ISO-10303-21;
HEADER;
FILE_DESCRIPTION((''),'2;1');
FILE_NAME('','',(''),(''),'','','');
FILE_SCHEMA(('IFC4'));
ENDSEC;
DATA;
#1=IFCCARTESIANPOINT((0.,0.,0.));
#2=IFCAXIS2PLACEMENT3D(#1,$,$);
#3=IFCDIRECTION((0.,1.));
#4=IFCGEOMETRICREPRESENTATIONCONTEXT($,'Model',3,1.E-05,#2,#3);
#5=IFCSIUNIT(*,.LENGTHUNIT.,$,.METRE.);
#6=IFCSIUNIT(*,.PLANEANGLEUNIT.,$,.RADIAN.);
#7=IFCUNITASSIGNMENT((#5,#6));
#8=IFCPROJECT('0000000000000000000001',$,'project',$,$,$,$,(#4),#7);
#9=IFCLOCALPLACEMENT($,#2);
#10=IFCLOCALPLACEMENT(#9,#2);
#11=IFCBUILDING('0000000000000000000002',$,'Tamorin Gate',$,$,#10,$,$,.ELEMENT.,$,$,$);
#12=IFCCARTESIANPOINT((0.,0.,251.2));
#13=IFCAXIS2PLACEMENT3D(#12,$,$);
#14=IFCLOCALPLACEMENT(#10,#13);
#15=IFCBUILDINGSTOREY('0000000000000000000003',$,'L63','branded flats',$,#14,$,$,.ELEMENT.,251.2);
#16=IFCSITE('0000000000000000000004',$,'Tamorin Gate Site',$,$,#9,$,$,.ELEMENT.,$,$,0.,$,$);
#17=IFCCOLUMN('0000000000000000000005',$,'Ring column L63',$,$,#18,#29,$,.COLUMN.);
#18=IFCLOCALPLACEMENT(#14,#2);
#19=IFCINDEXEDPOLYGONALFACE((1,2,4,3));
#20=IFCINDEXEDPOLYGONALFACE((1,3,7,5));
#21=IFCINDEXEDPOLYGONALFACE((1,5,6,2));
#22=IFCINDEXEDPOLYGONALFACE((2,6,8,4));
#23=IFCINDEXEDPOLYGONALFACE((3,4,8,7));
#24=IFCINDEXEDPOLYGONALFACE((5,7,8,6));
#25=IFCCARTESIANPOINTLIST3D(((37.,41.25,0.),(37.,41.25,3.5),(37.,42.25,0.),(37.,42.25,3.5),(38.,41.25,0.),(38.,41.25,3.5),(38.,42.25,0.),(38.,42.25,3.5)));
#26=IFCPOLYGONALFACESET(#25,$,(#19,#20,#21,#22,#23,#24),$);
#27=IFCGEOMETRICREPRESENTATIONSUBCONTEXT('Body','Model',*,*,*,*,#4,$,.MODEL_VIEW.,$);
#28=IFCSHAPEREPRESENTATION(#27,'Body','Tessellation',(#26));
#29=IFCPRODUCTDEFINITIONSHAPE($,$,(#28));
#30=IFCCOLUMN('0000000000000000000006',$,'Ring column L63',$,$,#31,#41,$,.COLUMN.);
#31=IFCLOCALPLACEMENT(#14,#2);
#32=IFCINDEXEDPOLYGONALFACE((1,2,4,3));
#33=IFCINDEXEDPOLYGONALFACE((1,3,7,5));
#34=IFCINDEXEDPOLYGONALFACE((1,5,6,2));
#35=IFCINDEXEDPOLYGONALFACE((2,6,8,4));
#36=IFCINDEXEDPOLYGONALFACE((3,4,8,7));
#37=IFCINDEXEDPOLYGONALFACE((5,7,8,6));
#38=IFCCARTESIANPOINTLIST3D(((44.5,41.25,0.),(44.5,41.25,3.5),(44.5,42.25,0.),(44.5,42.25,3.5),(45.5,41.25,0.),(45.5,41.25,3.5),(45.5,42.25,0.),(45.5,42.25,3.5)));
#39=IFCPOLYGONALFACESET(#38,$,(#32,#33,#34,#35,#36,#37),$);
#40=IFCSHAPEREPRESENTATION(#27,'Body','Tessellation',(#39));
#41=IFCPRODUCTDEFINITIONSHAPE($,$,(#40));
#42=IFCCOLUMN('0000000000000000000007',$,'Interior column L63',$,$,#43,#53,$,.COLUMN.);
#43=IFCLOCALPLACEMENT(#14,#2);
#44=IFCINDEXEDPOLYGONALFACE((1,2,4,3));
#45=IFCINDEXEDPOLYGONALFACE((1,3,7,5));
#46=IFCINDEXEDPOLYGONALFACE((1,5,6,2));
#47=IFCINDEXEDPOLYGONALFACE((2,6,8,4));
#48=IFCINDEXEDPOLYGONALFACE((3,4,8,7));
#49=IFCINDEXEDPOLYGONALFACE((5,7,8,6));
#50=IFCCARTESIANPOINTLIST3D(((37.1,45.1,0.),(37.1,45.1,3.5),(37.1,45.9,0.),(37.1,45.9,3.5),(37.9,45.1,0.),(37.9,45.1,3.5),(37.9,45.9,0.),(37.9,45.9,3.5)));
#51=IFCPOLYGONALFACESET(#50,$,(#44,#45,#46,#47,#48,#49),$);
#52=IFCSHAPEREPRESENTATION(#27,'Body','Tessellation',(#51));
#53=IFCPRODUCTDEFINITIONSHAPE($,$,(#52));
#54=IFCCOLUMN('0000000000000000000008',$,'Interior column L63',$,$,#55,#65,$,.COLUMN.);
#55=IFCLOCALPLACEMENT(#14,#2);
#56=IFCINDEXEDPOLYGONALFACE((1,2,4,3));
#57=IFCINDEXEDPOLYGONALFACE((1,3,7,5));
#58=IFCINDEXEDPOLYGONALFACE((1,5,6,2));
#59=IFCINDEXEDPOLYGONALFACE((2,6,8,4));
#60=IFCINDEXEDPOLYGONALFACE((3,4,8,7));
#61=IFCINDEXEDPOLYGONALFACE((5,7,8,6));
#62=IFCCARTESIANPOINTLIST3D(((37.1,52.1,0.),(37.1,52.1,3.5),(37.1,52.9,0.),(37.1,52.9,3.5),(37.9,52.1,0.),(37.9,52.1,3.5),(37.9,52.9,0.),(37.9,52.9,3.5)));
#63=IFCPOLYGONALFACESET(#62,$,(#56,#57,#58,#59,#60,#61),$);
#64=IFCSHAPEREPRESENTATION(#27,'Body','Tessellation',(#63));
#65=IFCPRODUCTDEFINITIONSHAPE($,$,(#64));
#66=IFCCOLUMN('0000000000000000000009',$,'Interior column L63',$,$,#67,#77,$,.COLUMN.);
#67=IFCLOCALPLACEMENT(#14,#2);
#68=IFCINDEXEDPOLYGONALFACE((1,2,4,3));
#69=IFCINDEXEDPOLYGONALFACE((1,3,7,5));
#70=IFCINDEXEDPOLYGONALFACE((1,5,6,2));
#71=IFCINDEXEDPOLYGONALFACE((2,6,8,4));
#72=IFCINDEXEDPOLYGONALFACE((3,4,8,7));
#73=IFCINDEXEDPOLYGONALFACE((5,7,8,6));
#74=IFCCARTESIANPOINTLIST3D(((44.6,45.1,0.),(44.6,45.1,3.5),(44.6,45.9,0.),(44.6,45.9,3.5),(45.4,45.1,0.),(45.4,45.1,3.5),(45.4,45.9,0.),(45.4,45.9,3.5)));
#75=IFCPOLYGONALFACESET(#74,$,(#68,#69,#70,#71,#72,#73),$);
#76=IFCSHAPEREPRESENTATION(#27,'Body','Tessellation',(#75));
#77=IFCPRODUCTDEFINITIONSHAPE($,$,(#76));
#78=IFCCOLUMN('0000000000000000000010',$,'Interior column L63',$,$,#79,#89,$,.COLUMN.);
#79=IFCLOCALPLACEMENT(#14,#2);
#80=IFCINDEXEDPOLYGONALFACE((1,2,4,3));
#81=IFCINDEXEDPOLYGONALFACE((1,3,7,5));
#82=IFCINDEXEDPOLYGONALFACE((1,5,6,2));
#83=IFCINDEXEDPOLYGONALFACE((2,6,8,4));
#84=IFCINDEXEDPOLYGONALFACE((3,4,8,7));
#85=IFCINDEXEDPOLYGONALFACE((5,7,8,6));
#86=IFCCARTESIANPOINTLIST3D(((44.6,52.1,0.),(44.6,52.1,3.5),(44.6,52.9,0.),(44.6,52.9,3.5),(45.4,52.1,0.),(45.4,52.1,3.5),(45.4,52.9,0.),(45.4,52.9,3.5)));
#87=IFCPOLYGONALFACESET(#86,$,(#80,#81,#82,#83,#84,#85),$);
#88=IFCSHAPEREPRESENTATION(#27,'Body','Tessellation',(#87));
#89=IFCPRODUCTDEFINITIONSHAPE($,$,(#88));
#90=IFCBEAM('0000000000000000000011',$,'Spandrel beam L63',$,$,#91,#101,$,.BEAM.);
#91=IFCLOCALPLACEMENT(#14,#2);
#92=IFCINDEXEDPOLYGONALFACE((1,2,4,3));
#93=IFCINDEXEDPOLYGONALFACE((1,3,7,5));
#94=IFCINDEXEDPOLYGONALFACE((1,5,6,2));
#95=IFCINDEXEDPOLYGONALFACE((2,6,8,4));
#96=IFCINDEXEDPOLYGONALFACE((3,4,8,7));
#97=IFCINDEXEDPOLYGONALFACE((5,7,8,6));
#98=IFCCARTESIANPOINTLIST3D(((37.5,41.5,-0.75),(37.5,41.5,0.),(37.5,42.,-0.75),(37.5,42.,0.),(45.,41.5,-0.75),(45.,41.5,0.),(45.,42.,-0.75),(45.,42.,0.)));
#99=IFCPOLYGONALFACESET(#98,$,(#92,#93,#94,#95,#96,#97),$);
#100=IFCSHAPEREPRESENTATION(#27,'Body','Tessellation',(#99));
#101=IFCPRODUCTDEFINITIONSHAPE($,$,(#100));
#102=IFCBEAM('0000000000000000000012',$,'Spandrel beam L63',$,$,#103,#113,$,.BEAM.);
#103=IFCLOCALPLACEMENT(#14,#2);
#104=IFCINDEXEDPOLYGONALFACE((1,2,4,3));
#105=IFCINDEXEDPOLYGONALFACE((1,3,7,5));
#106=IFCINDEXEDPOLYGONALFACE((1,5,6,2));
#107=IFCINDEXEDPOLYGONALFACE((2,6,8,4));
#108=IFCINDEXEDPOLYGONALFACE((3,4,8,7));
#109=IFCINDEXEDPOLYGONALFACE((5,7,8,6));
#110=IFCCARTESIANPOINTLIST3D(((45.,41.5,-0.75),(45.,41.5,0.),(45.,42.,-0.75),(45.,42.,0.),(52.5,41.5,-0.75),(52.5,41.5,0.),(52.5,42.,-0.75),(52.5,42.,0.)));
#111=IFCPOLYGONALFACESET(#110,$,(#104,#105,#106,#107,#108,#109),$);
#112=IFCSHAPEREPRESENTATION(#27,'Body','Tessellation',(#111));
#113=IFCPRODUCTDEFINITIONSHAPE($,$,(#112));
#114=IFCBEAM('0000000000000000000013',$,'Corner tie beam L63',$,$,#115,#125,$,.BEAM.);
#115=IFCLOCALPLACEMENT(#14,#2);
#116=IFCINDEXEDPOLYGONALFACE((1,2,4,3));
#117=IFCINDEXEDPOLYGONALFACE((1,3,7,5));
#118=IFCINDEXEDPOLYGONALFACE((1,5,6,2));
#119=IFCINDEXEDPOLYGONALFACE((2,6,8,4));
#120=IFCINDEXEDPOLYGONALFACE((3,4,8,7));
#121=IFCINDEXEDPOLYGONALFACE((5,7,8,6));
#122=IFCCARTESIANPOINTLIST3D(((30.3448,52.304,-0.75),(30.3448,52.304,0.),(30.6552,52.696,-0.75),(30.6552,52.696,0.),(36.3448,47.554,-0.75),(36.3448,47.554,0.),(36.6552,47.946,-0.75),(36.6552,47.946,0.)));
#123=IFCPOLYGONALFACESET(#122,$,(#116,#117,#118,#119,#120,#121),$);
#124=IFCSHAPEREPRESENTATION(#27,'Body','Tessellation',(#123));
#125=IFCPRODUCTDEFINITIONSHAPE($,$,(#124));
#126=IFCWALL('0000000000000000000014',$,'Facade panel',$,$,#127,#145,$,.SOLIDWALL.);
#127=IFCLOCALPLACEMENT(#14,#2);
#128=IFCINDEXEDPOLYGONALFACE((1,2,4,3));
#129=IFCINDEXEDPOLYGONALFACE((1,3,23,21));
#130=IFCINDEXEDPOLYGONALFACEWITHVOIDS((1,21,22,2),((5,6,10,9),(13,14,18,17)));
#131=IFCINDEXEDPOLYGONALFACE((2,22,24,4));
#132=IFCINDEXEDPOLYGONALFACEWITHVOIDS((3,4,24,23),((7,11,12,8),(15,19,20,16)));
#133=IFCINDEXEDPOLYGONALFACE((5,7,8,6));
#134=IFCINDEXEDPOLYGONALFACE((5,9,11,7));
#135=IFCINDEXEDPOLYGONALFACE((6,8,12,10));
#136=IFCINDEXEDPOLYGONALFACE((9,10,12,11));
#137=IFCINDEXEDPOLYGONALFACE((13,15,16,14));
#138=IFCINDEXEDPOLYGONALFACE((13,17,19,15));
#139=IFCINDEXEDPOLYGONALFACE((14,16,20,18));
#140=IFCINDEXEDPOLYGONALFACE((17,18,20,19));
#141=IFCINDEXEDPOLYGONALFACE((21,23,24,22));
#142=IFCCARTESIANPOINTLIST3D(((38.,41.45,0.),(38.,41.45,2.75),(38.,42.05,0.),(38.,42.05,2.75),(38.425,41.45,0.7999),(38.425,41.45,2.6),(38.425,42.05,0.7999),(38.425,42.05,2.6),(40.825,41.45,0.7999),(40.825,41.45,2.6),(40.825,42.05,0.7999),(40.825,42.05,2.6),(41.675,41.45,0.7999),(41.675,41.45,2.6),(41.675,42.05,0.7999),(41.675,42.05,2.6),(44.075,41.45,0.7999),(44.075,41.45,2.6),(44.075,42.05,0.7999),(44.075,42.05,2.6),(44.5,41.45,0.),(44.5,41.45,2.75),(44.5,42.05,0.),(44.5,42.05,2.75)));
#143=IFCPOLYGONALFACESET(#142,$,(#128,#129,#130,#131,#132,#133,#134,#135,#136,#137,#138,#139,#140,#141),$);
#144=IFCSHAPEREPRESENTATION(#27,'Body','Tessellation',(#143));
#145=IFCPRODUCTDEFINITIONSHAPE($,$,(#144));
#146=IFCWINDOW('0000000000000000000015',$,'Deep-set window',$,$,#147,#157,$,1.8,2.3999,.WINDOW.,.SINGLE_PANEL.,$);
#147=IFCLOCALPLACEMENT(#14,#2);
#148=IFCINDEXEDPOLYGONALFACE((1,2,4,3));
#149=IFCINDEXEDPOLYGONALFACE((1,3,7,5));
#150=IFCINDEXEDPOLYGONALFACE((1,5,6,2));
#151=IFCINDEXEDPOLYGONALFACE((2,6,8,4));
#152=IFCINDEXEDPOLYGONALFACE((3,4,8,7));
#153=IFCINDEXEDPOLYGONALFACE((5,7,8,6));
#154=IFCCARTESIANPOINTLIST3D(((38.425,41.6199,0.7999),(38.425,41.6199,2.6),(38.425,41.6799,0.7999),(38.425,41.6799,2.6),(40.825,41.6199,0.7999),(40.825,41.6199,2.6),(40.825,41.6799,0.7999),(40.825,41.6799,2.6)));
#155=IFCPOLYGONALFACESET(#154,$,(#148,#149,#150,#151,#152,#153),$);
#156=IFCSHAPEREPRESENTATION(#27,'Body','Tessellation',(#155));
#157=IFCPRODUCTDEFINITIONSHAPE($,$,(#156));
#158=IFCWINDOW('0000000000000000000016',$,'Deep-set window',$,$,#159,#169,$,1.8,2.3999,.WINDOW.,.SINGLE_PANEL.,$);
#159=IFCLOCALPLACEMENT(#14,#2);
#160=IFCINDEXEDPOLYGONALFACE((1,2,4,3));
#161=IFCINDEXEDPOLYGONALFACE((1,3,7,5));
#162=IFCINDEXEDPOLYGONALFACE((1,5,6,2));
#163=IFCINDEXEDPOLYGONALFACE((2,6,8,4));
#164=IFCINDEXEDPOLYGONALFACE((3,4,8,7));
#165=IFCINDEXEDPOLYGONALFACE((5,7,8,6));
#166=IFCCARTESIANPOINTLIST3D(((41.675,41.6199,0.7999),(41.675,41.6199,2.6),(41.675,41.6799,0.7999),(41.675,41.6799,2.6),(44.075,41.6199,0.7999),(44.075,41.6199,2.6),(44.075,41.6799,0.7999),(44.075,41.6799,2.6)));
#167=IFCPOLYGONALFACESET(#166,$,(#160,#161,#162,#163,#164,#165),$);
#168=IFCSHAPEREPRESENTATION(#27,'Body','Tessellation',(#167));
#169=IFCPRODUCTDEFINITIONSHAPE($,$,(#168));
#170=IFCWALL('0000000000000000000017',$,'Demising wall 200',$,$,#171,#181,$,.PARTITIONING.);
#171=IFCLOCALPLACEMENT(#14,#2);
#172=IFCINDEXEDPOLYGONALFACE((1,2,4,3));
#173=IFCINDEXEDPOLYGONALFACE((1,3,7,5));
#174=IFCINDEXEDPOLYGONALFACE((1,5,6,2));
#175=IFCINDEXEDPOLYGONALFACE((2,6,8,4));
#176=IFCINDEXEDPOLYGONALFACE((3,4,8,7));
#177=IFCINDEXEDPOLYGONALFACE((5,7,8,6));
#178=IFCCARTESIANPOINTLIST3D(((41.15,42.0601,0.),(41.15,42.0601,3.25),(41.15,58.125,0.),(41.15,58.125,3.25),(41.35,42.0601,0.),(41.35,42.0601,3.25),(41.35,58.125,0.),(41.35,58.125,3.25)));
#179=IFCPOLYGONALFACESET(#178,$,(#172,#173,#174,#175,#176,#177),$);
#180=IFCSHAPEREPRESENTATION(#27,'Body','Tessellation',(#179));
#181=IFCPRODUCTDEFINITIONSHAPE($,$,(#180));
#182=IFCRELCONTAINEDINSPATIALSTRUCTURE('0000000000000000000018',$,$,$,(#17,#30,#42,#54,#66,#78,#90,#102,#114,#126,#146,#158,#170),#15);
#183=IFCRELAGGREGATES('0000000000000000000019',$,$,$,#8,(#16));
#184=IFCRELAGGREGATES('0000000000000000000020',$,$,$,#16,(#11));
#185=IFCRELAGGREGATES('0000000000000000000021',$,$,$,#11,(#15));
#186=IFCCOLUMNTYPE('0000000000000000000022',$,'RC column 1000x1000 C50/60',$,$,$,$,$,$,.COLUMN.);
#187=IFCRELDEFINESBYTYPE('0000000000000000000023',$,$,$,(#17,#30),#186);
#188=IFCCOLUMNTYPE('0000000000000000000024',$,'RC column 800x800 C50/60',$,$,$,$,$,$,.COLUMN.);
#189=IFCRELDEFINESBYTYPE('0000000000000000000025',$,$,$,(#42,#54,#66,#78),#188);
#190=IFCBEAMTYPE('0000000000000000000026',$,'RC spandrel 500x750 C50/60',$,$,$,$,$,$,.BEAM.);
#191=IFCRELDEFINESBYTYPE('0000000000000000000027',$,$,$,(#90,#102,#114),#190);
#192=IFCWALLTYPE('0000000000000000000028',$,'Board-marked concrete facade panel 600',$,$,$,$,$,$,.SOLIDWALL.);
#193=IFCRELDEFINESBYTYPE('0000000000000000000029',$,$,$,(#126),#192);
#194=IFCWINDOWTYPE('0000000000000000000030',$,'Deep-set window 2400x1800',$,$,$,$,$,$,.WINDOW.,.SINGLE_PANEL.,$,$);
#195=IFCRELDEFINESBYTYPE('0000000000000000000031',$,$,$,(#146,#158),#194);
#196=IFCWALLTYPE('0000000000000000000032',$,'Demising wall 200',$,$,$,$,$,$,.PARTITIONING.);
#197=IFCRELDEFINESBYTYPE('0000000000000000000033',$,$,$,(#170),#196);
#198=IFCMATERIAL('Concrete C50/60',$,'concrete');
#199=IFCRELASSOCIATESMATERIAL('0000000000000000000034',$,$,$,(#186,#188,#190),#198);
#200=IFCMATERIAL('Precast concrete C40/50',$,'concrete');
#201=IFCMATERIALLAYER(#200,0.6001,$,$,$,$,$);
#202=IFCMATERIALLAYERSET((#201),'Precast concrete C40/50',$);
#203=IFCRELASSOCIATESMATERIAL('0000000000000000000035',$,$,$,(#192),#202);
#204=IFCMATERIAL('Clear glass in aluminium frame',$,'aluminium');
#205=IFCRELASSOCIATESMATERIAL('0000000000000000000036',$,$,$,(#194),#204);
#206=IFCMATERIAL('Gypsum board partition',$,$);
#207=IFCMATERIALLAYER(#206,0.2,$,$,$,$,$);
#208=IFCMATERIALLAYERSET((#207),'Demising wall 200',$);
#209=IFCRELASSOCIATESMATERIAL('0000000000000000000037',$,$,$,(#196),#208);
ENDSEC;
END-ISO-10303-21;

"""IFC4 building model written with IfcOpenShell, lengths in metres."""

from ifc_helpers import new_model, si_unit, direction, frame, frame_2d, origin, origin_2d, place, context, subcontext, project, spatial, rectangle, extrude, material, layer, layer_set, material_profile, profile_set, type_object, element, fill, save


model = new_model("IFC4")

# Units and contexts
model_context = context("Model", 3, precision=1e-05, world=origin(), true_north=direction((0.0, 1.0)))
body_context = subcontext(model_context, "Body", "Model", "MODEL_VIEW")
ifc_project = project(units=[si_unit("LENGTHUNIT", "METRE"), si_unit("PLANEANGLEUNIT", "RADIAN")], contexts=[model_context])

# Site, building, storey
site_placement = place(None, origin())
site = spatial("IfcSite", under=ifc_project, at=site_placement, Name="Tamorin Gate Site", CompositionType="ELEMENT", RefElevation=0.0)
building_placement = place(site_placement, origin())
building = spatial("IfcBuilding", under=site, at=building_placement, Name="Tamorin Gate", CompositionType="ELEMENT")
storey_placement = place(building_placement, frame((0.0, 0.0, 251.2)))
storey = spatial("IfcBuildingStorey", under=building, at=storey_placement, Name="L63", Description="branded flats", CompositionType="ELEMENT", Elevation=251.2)

# Columns
ifc_material_1 = material(Name="Concrete C50/60", Category="concrete")
ifc_material_profile_1 = material_profile(ifc_material_1, rectangle(XDim=1.0, YDim=1.0, at=origin_2d()), Name="RC 1000x1000")
ifc_profile_set_1 = profile_set([ifc_material_profile_1], Name="Concrete C50/60")
column_type_1 = type_object("IfcColumnType", Name="RC column 1000x1000 C50/60", PredefinedType="COLUMN", material=ifc_profile_set_1)
for number, where, z_axis, x_axis, name in (
    (1, (37.5, 41.75, 0.0), (0.0, 0.0, 1.0), (1.0, 0.0, 0.0), "Ring column L63"),
    (2, (45.0, 41.75, 0.0), (0.0, 0.0, 1.0), (1.0, 0.0, 0.0), "Ring column L63"),
):
    element("IfcColumn", number, at=place(storey_placement, frame(where, z_axis=z_axis, x_axis=x_axis)), inside=storey, type_object=column_type_1, Name=name, PredefinedType="COLUMN", context=body_context, shape_type="SweptSolid", body=[
        extrude(rectangle(XDim=1.0, YDim=1.0, at=origin_2d()), origin(), (0.0, 0.0, 1.0), 3.5),
    ])
ifc_material_profile_2 = material_profile(ifc_material_1, rectangle(XDim=0.8, YDim=0.8, at=origin_2d()), Name="RC 800x800")
ifc_profile_set_2 = profile_set([ifc_material_profile_2], Name="Concrete C50/60")
column_type_2 = type_object("IfcColumnType", Name="RC column 800x800 C50/60", PredefinedType="COLUMN", material=ifc_profile_set_2)
for number, where, z_axis, x_axis, name in (
    (3, (37.5, 45.5, 0.0), (0.0, 0.0, 1.0), (1.0, 0.0, 0.0), "Interior column L63"),
    (4, (37.5, 52.5, 0.0), (0.0, 0.0, 1.0), (1.0, 0.0, 0.0), "Interior column L63"),
    (5, (45.0, 45.5, 0.0), (0.0, 0.0, 1.0), (1.0, 0.0, 0.0), "Interior column L63"),
    (6, (45.0, 52.5, 0.0), (0.0, 0.0, 1.0), (1.0, 0.0, 0.0), "Interior column L63"),
):
    element("IfcColumn", number, at=place(storey_placement, frame(where, z_axis=z_axis, x_axis=x_axis)), inside=storey, type_object=column_type_2, Name=name, PredefinedType="COLUMN", context=body_context, shape_type="SweptSolid", body=[
        extrude(rectangle(XDim=0.8, YDim=0.8, at=origin_2d()), origin(), (0.0, 0.0, 1.0), 3.5),
    ])

# Beams
ifc_material_profile_3 = material_profile(ifc_material_1, rectangle(XDim=0.5, YDim=0.75, at=origin_2d()), Name="RC 500x750")
ifc_profile_set_3 = profile_set([ifc_material_profile_3], Name="Concrete C50/60")
beam_type = type_object("IfcBeamType", Name="RC spandrel 500x750 C50/60", PredefinedType="BEAM", material=ifc_profile_set_3)
for number, where, z_axis, x_axis, name in (
    (7, (37.5, 41.75, -0.375), (1.0, 0.0, 0.0), (0.0, 1.0, 0.0), "Spandrel beam L63"),
    (8, (45.0, 41.75, -0.375), (1.0, 0.0, 0.0), (0.0, 1.0, 0.0), "Spandrel beam L63"),
):
    element("IfcBeam", number, at=place(storey_placement, frame(where, z_axis=z_axis, x_axis=x_axis)), inside=storey, type_object=beam_type, Name=name, PredefinedType="BEAM", context=body_context, shape_type="SweptSolid", body=[
        extrude(rectangle(XDim=0.5, YDim=0.75, at=origin_2d()), origin(), (0.0, 0.0, 1.0), 7.5),
    ])
beam_placement = place(storey_placement, frame((36.5, 47.75, -0.375), z_axis=(-0.784046, 0.620703, 0.0), x_axis=(-0.620703, -0.784046, 0.0)))
element("IfcBeam", 9, at=beam_placement, inside=storey, type_object=beam_type, Name="Corner tie beam L63", PredefinedType="BEAM", context=body_context, shape_type="SweptSolid", body=[
    extrude(rectangle(XDim=0.5, YDim=0.75, at=origin_2d()), origin(), (0.0, 0.0, 1.0), 7.6526),
])

# Wall, openings, windows
ifc_material_2 = material(Name="Precast concrete C40/50", Category="concrete")
ifc_layer_1 = layer(ifc_material_2, 0.6001)
ifc_layer_set_1 = layer_set([ifc_layer_1], Name="Precast concrete C40/50")
wall_type_1 = type_object("IfcWallType", Name="Board-marked concrete facade panel 600", PredefinedType="SOLIDWALL", material=ifc_layer_set_1)
wall_1_placement = place(storey_placement, frame((38.0, 41.75, 0.0), z_axis=(0.0, 0.0, 1.0), x_axis=(1.0, 0.0, 0.0)))
wall_1 = element("IfcWall", 10, at=wall_1_placement, inside=storey, type_object=wall_type_1, Name="Facade panel", PredefinedType="SOLIDWALL", context=body_context, shape_type="SweptSolid", body=[
    extrude(rectangle(XDim=6.5, YDim=0.6001, at=frame_2d((3.25, 0.0))), origin(), (0.0, 0.0, 1.0), 2.75),
])
opening_1_placement = place(wall_1_placement, frame((0.425, 0.0, 0.8)))
opening_1 = element("IfcOpeningElement", 11, at=opening_1_placement, cuts=wall_1, PredefinedType="OPENING", context=body_context, shape_type="SweptSolid", body=[
    extrude(rectangle(XDim=2.3999, YDim=1.8, at=frame_2d((1.2, 0.8999))), frame((0.0, 0.3101, 0.0), z_axis=(0.0, -1.0, 0.0), x_axis=(1.0, 0.0, 0.0)), (0.0, 0.0, 1.0), 0.6201),
])
opening_2_placement = place(wall_1_placement, frame((3.675, 0.0, 0.8)))
opening_2 = element("IfcOpeningElement", 12, at=opening_2_placement, cuts=wall_1, PredefinedType="OPENING", context=body_context, shape_type="SweptSolid", body=[
    extrude(rectangle(XDim=2.3999, YDim=1.8, at=frame_2d((1.2, 0.8999))), frame((0.0, 0.3101, 0.0), z_axis=(0.0, -1.0, 0.0), x_axis=(1.0, 0.0, 0.0)), (0.0, 0.0, 1.0), 0.6201),
])
ifc_material_3 = material(Name="Clear glass in aluminium frame", Category="aluminium")
window_type = type_object("IfcWindowType", Name="Deep-set window 2400x1800", PartitioningType="SINGLE_PANEL", PredefinedType="WINDOW", material=ifc_material_3)
window_1_placement = place(opening_1_placement, origin())
window_1 = element("IfcWindow", 13, at=window_1_placement, inside=storey, type_object=window_type, Name="Deep-set window", OverallHeight=1.8, OverallWidth=2.3999, PartitioningType="SINGLE_PANEL", PredefinedType="WINDOW", context=body_context, shape_type="SweptSolid", body=[
    extrude(rectangle(XDim=2.3999, YDim=1.8, at=frame_2d((1.2, 0.8999))), frame((0.0, -0.0701, 0.0), z_axis=(0.0, -1.0, 0.0), x_axis=(1.0, 0.0, 0.0)), (0.0, 0.0, 1.0), 0.0601),
])
fill(opening_1, window_1)
window_2_placement = place(opening_2_placement, origin())
window_2 = element("IfcWindow", 14, at=window_2_placement, inside=storey, type_object=window_type, Name="Deep-set window", OverallHeight=1.8, OverallWidth=2.3999, PartitioningType="SINGLE_PANEL", PredefinedType="WINDOW", context=body_context, shape_type="SweptSolid", body=[
    extrude(rectangle(XDim=2.3999, YDim=1.8, at=frame_2d((1.2, 0.8999))), frame((0.0, -0.0701, 0.0), z_axis=(0.0, -1.0, 0.0), x_axis=(1.0, 0.0, 0.0)), (0.0, 0.0, 1.0), 0.0601),
])
fill(opening_2, window_2)

# Wall
ifc_material_4 = material(Name="Gypsum board partition")
ifc_layer_2 = layer(ifc_material_4, 0.2)
ifc_layer_set_2 = layer_set([ifc_layer_2], Name="Demising wall 200")
wall_type_2 = type_object("IfcWallType", Name="Demising wall 200", PredefinedType="PARTITIONING", material=ifc_layer_set_2)
wall_2_placement = place(storey_placement, frame((41.25, 42.0601, 0.0), z_axis=(0.0, 0.0, 1.0), x_axis=(0.0, 1.0, 0.0)))
element("IfcWall", 15, at=wall_2_placement, inside=storey, type_object=wall_type_2, Name="Demising wall 200", PredefinedType="PARTITIONING", context=body_context, shape_type="SweptSolid", body=[
    extrude(rectangle(XDim=16.0649, YDim=0.2, at=frame_2d((8.0325, 0.0))), origin(), (0.0, 0.0, 1.0), 3.25),
])

save(model, "model.ifc")
